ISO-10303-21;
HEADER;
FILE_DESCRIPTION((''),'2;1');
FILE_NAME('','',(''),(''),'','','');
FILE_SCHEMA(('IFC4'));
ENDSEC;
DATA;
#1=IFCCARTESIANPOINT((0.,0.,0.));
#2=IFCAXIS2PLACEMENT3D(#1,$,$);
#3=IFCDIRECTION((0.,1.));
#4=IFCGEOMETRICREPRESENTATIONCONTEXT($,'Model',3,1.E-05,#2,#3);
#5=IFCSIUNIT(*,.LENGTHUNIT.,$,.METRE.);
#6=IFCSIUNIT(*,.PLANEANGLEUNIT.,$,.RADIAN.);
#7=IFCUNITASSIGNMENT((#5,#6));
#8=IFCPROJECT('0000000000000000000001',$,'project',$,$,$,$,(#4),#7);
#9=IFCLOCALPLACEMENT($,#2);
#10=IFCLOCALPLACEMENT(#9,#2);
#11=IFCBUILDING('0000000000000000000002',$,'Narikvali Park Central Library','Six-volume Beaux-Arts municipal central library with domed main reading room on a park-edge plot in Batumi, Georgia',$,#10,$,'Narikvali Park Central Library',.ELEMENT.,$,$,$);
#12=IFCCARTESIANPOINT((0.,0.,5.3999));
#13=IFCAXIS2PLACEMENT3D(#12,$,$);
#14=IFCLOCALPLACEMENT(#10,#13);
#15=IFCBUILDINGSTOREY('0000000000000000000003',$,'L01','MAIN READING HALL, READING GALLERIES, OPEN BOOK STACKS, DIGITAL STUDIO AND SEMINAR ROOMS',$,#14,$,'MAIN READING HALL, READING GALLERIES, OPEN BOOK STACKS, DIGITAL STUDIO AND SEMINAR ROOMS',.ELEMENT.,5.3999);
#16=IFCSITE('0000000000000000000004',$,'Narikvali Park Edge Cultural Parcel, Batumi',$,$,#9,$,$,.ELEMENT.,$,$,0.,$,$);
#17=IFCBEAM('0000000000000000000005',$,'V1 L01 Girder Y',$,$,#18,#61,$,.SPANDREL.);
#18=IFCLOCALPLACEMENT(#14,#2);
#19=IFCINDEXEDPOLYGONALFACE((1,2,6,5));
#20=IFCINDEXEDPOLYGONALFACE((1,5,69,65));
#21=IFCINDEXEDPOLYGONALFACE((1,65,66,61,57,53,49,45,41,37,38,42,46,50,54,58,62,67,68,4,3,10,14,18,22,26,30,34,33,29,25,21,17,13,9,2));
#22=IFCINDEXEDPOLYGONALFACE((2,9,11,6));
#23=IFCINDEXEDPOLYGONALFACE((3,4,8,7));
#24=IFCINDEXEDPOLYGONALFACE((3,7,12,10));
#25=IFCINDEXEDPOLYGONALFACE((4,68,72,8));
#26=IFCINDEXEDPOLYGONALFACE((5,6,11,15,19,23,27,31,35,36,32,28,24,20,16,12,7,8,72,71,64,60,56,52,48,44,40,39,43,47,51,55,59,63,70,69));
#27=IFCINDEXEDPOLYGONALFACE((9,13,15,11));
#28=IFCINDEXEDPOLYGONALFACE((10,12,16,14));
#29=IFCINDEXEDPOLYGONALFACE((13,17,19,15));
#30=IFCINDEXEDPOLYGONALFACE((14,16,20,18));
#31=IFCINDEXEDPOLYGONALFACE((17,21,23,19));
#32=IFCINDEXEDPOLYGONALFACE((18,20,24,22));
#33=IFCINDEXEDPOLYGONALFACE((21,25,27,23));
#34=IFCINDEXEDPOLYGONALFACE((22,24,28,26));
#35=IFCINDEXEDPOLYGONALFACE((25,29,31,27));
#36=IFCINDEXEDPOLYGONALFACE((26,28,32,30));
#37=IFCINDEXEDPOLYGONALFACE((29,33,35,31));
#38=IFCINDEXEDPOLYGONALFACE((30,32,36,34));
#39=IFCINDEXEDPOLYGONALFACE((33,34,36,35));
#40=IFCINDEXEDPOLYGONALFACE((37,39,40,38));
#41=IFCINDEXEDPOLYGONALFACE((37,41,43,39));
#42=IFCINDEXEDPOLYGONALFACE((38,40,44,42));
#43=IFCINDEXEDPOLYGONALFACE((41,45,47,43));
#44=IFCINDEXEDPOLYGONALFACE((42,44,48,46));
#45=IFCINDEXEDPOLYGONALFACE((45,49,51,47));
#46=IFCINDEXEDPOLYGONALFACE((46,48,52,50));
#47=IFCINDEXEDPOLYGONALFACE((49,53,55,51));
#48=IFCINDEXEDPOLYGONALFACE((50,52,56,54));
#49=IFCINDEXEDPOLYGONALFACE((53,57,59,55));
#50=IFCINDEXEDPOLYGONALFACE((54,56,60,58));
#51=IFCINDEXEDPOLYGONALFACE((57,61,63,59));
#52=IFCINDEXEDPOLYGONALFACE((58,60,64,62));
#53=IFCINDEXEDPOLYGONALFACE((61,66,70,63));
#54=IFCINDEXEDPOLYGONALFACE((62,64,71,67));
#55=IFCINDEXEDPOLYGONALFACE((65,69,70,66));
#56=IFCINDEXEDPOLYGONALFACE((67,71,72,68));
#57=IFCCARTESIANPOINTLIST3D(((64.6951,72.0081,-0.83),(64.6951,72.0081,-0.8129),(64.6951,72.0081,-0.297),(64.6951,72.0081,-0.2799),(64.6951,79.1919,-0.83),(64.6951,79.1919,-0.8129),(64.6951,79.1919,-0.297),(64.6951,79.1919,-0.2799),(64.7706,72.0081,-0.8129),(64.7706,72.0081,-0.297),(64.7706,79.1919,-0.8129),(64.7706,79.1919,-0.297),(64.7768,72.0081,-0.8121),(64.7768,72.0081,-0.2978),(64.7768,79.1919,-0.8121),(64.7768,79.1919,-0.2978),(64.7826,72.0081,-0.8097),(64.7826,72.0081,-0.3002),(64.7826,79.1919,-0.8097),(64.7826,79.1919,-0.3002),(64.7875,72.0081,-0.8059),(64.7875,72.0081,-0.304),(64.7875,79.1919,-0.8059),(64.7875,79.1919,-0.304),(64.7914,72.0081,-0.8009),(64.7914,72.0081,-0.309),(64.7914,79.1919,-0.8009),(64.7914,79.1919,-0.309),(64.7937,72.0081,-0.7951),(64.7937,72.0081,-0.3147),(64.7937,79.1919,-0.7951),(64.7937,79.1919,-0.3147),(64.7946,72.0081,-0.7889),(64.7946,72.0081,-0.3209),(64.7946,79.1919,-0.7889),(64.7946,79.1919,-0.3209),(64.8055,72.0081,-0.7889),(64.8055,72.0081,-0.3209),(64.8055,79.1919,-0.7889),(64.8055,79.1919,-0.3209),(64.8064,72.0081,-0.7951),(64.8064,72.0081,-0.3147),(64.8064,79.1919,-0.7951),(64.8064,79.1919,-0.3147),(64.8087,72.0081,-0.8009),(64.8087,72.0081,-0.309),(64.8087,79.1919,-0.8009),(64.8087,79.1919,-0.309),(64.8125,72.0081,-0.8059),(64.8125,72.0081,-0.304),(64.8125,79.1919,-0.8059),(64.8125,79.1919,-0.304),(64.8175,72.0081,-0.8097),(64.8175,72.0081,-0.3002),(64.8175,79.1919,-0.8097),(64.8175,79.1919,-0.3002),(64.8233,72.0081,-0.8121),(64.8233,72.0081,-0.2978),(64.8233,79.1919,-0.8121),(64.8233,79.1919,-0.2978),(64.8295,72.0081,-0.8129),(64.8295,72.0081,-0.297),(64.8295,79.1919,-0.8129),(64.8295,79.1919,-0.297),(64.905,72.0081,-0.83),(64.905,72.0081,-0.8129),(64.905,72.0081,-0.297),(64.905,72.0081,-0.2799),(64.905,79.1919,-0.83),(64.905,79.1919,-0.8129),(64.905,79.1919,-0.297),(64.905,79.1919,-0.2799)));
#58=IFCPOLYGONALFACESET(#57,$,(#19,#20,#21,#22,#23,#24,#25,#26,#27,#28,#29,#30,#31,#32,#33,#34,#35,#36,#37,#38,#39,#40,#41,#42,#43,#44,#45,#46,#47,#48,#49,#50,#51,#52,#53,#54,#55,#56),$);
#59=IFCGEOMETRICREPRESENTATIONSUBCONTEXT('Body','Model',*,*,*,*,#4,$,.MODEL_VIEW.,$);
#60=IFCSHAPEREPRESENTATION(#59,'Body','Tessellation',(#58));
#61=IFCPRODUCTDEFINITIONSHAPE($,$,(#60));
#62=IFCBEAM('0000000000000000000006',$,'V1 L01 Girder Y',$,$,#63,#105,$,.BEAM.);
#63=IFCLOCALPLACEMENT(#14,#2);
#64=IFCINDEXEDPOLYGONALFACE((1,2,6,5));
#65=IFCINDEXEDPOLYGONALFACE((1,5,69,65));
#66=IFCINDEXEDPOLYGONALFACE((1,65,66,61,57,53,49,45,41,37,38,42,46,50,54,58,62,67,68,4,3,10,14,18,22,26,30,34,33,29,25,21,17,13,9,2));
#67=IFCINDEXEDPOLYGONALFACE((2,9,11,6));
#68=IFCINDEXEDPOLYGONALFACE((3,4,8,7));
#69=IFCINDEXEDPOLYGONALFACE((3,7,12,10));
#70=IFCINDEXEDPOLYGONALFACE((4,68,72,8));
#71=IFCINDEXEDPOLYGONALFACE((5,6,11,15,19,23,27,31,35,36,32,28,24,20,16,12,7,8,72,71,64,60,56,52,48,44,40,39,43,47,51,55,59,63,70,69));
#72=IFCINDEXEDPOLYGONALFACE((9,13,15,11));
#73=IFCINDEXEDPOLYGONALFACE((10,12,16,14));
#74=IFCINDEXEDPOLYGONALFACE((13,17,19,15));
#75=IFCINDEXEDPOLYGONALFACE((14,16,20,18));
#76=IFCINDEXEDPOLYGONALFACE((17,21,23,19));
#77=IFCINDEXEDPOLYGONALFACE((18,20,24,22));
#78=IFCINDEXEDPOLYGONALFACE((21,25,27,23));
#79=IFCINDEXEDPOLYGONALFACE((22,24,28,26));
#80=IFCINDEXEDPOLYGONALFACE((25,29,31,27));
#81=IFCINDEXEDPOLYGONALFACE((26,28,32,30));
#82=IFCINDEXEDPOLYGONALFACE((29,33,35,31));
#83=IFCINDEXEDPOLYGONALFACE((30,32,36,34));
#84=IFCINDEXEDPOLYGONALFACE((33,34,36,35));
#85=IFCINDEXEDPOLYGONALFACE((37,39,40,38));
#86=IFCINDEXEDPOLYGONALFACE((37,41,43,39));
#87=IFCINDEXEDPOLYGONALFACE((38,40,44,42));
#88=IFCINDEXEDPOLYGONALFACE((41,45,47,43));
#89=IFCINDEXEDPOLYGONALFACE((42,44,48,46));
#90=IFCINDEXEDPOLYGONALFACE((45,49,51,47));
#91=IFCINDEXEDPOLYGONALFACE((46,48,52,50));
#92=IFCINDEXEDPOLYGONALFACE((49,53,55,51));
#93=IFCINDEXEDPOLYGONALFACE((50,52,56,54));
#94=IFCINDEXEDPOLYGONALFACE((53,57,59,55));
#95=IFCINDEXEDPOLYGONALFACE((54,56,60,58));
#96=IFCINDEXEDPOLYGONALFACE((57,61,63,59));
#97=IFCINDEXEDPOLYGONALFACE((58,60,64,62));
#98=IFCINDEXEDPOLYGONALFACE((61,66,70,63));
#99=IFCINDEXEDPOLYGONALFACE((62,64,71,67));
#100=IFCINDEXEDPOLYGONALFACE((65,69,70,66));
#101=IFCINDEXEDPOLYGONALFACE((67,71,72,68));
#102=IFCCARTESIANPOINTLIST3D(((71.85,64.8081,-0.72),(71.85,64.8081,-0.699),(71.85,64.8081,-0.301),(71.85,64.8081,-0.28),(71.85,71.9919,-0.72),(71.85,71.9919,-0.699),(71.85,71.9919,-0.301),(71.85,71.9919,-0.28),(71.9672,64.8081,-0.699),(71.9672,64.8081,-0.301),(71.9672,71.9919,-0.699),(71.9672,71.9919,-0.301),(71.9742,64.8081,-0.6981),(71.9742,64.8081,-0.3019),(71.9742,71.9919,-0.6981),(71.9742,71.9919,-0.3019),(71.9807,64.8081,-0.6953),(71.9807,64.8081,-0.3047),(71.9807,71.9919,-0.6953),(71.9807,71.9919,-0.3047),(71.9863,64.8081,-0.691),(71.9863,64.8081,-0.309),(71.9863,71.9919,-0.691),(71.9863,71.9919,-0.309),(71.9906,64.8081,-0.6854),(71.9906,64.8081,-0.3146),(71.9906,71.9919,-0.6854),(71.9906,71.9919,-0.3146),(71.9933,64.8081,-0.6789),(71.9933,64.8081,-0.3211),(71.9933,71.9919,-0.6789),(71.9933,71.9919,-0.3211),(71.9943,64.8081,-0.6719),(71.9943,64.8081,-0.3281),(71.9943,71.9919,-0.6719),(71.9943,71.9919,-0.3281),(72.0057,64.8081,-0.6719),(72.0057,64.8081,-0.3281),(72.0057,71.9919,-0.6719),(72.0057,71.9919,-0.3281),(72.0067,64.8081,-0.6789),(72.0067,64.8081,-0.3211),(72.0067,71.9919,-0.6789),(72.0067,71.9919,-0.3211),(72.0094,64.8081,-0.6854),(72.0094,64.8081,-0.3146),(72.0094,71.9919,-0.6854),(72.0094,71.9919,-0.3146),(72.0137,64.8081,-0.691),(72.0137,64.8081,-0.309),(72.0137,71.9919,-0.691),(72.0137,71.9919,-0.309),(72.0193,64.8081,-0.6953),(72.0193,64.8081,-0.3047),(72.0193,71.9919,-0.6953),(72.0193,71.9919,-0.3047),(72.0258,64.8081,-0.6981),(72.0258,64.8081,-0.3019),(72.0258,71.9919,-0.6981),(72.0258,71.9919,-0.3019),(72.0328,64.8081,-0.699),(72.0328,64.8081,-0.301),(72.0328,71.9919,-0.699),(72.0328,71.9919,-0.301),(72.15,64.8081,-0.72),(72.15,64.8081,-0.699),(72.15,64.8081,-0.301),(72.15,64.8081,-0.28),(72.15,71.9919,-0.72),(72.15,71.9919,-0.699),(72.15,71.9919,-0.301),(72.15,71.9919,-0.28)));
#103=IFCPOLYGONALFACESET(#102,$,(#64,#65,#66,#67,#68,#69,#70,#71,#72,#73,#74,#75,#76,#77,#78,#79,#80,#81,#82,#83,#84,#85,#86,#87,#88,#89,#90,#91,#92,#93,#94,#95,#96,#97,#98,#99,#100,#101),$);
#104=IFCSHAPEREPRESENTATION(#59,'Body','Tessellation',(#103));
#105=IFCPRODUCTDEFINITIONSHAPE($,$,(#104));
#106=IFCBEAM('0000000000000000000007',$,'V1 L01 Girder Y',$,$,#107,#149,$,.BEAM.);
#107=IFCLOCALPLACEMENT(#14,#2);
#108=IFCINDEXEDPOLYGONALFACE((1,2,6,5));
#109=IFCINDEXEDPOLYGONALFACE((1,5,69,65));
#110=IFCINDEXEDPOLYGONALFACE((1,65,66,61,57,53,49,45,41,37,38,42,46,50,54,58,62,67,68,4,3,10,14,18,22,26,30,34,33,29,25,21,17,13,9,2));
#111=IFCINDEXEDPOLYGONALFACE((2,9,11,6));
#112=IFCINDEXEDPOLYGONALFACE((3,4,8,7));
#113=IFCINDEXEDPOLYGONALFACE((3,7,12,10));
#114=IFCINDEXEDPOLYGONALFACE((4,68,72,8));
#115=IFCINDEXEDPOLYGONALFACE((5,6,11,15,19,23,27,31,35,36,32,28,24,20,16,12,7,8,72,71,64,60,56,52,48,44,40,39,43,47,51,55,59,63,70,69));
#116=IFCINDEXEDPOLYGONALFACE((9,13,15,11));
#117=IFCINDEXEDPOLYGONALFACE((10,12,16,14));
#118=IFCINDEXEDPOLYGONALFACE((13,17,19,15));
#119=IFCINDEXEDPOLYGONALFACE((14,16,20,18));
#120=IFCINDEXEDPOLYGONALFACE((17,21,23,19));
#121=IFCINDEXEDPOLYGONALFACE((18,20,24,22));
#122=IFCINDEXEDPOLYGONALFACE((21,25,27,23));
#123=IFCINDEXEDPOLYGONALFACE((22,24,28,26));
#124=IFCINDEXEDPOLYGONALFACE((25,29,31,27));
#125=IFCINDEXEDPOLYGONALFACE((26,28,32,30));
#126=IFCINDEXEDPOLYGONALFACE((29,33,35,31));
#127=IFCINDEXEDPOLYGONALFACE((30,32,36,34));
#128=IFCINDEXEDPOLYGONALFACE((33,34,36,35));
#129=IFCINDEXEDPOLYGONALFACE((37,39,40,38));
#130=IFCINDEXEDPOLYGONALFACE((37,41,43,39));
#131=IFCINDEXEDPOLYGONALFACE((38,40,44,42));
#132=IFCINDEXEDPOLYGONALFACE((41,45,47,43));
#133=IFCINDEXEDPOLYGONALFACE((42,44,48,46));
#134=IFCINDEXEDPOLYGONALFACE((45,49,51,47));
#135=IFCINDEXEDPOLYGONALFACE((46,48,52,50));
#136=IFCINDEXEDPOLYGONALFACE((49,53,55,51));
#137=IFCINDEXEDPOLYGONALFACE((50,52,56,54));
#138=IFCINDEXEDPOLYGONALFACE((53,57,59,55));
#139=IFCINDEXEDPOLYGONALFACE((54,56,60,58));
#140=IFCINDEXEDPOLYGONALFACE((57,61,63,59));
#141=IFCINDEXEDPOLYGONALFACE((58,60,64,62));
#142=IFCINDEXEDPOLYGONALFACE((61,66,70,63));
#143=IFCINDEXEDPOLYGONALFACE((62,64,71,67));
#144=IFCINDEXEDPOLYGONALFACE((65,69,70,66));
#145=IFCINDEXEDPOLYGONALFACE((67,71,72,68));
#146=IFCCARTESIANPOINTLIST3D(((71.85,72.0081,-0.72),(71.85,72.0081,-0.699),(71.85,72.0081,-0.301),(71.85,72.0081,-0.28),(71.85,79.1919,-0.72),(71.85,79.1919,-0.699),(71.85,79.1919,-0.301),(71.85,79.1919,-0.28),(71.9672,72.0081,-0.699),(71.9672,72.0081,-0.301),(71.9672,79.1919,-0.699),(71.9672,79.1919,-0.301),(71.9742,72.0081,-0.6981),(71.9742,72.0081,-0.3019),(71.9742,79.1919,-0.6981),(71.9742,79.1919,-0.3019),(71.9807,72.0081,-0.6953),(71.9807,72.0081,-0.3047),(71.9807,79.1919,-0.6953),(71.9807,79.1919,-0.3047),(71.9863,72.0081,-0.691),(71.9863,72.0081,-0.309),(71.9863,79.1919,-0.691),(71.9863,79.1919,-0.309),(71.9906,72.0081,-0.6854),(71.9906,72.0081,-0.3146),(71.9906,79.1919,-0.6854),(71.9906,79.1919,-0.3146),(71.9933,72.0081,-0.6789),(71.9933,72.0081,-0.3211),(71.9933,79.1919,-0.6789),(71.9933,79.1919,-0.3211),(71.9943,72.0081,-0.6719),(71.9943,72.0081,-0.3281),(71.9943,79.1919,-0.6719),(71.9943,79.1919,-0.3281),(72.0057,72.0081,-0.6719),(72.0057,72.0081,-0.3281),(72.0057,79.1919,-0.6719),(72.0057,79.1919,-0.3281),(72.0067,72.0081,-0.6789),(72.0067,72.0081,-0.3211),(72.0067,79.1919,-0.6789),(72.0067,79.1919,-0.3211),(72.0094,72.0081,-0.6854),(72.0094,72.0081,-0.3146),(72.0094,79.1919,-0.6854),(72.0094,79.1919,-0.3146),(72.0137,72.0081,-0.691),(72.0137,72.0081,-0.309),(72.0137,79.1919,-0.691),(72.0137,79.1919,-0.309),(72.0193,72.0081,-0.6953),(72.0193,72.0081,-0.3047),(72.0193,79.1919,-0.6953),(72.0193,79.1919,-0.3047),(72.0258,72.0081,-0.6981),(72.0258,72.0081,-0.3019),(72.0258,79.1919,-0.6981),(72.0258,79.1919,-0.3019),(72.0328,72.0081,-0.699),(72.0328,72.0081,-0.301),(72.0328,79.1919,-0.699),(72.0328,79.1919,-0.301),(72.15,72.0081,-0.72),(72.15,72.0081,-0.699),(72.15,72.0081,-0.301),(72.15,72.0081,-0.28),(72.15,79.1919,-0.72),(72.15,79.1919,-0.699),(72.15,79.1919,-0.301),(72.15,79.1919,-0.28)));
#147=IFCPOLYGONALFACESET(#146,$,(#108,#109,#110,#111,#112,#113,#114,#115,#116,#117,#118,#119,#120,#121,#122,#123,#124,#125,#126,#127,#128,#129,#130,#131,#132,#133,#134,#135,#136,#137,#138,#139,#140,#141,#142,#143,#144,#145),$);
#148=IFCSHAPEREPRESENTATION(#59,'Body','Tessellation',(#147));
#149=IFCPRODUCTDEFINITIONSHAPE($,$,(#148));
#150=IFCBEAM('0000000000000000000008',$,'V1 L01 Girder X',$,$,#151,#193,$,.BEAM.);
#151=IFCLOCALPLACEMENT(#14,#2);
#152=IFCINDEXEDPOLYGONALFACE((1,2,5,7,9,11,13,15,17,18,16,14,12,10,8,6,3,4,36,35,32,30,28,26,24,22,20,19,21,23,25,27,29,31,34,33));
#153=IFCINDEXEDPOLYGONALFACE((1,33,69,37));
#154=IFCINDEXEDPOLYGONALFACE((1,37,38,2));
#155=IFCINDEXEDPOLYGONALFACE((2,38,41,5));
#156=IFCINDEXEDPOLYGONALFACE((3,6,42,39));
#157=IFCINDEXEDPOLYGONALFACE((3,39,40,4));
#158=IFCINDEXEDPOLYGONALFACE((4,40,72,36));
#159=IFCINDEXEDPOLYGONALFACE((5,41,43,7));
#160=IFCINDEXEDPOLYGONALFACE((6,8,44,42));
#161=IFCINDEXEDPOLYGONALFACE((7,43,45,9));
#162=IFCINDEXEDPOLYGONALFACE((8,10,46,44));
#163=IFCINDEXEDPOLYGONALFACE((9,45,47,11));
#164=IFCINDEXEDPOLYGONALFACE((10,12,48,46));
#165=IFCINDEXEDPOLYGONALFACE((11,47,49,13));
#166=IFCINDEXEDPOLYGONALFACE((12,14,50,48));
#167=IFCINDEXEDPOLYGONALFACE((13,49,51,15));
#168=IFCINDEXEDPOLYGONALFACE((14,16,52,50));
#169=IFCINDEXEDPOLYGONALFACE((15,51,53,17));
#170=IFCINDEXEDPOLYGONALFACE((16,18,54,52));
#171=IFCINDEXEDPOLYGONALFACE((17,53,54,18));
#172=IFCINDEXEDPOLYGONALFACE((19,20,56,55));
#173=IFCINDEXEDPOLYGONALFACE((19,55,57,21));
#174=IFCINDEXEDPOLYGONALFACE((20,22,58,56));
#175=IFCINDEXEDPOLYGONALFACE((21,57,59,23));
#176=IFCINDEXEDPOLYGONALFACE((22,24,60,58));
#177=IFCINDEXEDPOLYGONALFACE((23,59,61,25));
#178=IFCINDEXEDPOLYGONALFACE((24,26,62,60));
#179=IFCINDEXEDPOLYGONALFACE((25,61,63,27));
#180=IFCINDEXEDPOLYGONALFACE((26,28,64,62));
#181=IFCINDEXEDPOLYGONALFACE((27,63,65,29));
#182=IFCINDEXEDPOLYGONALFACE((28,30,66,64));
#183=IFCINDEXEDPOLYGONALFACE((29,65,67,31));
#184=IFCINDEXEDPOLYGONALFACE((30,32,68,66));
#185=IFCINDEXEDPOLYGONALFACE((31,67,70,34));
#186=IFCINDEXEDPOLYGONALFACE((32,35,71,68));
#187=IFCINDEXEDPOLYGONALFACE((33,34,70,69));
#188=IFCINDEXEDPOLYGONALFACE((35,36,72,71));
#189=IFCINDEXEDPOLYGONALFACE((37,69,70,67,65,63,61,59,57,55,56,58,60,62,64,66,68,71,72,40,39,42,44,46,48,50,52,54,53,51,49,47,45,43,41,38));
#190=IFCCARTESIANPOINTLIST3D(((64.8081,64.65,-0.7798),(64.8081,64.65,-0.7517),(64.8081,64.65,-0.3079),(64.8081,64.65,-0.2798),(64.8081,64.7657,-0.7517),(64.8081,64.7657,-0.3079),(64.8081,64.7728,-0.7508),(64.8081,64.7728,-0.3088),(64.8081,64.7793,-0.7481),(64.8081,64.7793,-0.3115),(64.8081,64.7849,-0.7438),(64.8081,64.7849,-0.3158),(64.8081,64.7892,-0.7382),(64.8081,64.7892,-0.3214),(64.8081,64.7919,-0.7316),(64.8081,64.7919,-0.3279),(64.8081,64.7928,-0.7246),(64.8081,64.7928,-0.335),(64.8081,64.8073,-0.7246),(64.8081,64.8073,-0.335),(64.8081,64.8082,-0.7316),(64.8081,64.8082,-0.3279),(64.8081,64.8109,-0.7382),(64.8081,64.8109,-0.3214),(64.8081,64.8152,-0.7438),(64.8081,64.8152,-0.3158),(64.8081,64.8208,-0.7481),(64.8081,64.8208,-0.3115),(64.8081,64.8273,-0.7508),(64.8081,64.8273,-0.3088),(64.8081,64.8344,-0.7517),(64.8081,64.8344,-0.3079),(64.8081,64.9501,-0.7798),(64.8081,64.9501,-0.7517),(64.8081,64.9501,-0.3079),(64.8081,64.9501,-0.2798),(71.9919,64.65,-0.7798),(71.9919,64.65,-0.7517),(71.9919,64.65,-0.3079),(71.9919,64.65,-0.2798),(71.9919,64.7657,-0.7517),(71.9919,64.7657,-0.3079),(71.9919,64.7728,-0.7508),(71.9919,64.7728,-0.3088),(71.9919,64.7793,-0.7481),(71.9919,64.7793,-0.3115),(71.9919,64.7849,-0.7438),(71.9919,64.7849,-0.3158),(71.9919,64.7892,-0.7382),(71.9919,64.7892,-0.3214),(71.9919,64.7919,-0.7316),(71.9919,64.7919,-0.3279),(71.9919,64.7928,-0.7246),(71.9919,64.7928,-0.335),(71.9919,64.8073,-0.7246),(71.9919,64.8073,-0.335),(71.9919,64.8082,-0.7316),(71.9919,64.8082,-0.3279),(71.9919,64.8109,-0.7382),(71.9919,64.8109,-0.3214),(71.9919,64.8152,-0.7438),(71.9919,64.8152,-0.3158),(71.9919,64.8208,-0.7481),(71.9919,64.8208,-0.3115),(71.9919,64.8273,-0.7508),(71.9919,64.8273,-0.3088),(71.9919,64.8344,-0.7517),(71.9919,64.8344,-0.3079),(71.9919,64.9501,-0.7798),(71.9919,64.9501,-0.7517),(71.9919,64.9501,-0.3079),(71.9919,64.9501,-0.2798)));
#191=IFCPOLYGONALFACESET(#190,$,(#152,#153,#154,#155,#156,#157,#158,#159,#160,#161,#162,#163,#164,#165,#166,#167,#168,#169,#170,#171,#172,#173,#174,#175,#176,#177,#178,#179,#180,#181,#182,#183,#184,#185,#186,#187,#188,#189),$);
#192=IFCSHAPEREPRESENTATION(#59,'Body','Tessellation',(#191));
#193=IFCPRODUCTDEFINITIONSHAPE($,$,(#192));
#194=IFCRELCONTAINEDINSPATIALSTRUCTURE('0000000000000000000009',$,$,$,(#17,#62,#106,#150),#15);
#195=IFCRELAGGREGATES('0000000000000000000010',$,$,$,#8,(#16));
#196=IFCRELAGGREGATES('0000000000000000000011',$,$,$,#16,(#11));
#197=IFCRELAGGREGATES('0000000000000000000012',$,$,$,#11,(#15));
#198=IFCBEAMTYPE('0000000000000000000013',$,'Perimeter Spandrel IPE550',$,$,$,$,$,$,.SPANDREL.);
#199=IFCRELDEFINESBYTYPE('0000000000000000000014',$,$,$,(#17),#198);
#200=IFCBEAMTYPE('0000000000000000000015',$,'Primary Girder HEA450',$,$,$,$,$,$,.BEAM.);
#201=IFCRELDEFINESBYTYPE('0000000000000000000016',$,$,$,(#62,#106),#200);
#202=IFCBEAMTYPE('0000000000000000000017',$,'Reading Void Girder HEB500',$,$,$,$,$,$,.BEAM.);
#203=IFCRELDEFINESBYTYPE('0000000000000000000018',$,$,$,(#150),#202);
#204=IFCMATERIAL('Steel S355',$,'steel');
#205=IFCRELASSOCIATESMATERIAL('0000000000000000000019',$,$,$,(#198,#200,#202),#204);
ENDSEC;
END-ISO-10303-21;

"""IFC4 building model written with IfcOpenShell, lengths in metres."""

from ifc_helpers import new_model, si_unit, direction, frame, origin, origin_2d, place, context, subcontext, project, spatial, i_section, extrude, material, material_profile, profile_set, type_object, element, save


model = new_model("IFC4")

# Units and contexts
model_context = context("Model", 3, precision=1e-05, world=origin(), true_north=direction((0.0, 1.0)))
body_context = subcontext(model_context, "Body", "Model", "MODEL_VIEW")
ifc_project = project(units=[si_unit("LENGTHUNIT", "METRE"), si_unit("PLANEANGLEUNIT", "RADIAN")], contexts=[model_context])

# Site, building, storey
site_placement = place(None, origin())
site = spatial("IfcSite", under=ifc_project, at=site_placement, Name="Narikvali Park Edge Cultural Parcel, Batumi", CompositionType="ELEMENT", RefElevation=0.0)
building_placement = place(site_placement, origin())
building = spatial("IfcBuilding", under=site, at=building_placement, Name="Narikvali Park Central Library", Description="Six-volume Beaux-Arts municipal central library with domed main reading room on a park-edge plot in Batumi, Georgia", LongName="Narikvali Park Central Library", CompositionType="ELEMENT")
storey_placement = place(building_placement, frame((0.0, 0.0, 5.3999)))
storey = spatial("IfcBuildingStorey", under=building, at=storey_placement, Name="L01", Description="MAIN READING HALL, READING GALLERIES, OPEN BOOK STACKS, DIGITAL STUDIO AND SEMINAR ROOMS", LongName="MAIN READING HALL, READING GALLERIES, OPEN BOOK STACKS, DIGITAL STUDIO AND SEMINAR ROOMS", CompositionType="ELEMENT", Elevation=5.3999)

# Shared definitions
ifc_material_1 = material(Name="Steel S355", Category="steel")

# Beams
ifc_material_profile_1 = material_profile(ifc_material_1, i_section(OverallWidth=0.21, OverallDepth=0.55, WebThickness=0.011, FlangeThickness=0.0171, FilletRadius=0.0239, at=origin_2d()), Name="IPE 550")
ifc_profile_set_1 = profile_set([ifc_material_profile_1], Name="Steel S355")
beam_type_1 = type_object("IfcBeamType", Name="Perimeter Spandrel IPE550", PredefinedType="SPANDREL", material=ifc_profile_set_1)
beam_placement = place(storey_placement, frame((64.8, 72.0081, -0.5549), z_axis=(0.0, 1.0, 0.0), x_axis=(-1.0, 0.0, 0.0)))
element("IfcBeam", 1, at=beam_placement, inside=storey, type_object=beam_type_1, Name="V1 L01 Girder Y", PredefinedType="SPANDREL", context=body_context, shape_type="SweptSolid", body=[
    extrude(i_section(OverallWidth=0.21, OverallDepth=0.55, WebThickness=0.011, FlangeThickness=0.0171, FilletRadius=0.0239, at=origin_2d()), origin(), (0.0, 0.0, 1.0), 7.1838),
])
ifc_material_profile_2 = material_profile(ifc_material_1, i_section(OverallWidth=0.3, OverallDepth=0.4399, WebThickness=0.0115, FlangeThickness=0.021, FilletRadius=0.0271, at=origin_2d()), Name="HEA 450")
ifc_profile_set_2 = profile_set([ifc_material_profile_2], Name="Steel S355")
beam_type_2 = type_object("IfcBeamType", Name="Primary Girder HEA450", PredefinedType="BEAM", material=ifc_profile_set_2)
for number, where, z_axis, x_axis, name in (
    (2, (72.0, 64.8081, -0.5), (0.0, 1.0, 0.0), (-1.0, 0.0, 0.0), "V1 L01 Girder Y"),
    (3, (72.0, 72.0081, -0.5), (0.0, 1.0, 0.0), (-1.0, 0.0, 0.0), "V1 L01 Girder Y"),
):
    element("IfcBeam", number, at=place(storey_placement, frame(where, z_axis=z_axis, x_axis=x_axis)), inside=storey, type_object=beam_type_2, Name=name, PredefinedType="BEAM", context=body_context, shape_type="SweptSolid", body=[
        extrude(i_section(OverallWidth=0.3, OverallDepth=0.4399, WebThickness=0.0115, FlangeThickness=0.021, FilletRadius=0.0271, at=origin_2d()), origin(), (0.0, 0.0, 1.0), 7.1838),
    ])
ifc_material_profile_3 = material_profile(ifc_material_1, i_section(OverallWidth=0.3, OverallDepth=0.5, WebThickness=0.0144, FlangeThickness=0.0281, FilletRadius=0.0271, at=origin_2d()), Name="HEB 500")
ifc_profile_set_3 = profile_set([ifc_material_profile_3], Name="Steel S355")
beam_type_3 = type_object("IfcBeamType", Name="Reading Void Girder HEB500", PredefinedType="BEAM", material=ifc_profile_set_3)
for number, where, z_axis, x_axis, name in (
    (4, (64.8081, 64.8, -0.5298), (1.0, 0.0, 0.0), (0.0, 1.0, 0.0), "V1 L01 Girder X"),
):
    element("IfcBeam", number, at=place(storey_placement, frame(where, z_axis=z_axis, x_axis=x_axis)), inside=storey, type_object=beam_type_3, Name=name, PredefinedType="BEAM", context=body_context, shape_type="SweptSolid", body=[
        extrude(i_section(OverallWidth=0.3, OverallDepth=0.5, WebThickness=0.0144, FlangeThickness=0.0281, FilletRadius=0.0271, at=origin_2d()), origin(), (0.0, 0.0, 1.0), 7.1838),
    ])

save(model, "model.ifc")
